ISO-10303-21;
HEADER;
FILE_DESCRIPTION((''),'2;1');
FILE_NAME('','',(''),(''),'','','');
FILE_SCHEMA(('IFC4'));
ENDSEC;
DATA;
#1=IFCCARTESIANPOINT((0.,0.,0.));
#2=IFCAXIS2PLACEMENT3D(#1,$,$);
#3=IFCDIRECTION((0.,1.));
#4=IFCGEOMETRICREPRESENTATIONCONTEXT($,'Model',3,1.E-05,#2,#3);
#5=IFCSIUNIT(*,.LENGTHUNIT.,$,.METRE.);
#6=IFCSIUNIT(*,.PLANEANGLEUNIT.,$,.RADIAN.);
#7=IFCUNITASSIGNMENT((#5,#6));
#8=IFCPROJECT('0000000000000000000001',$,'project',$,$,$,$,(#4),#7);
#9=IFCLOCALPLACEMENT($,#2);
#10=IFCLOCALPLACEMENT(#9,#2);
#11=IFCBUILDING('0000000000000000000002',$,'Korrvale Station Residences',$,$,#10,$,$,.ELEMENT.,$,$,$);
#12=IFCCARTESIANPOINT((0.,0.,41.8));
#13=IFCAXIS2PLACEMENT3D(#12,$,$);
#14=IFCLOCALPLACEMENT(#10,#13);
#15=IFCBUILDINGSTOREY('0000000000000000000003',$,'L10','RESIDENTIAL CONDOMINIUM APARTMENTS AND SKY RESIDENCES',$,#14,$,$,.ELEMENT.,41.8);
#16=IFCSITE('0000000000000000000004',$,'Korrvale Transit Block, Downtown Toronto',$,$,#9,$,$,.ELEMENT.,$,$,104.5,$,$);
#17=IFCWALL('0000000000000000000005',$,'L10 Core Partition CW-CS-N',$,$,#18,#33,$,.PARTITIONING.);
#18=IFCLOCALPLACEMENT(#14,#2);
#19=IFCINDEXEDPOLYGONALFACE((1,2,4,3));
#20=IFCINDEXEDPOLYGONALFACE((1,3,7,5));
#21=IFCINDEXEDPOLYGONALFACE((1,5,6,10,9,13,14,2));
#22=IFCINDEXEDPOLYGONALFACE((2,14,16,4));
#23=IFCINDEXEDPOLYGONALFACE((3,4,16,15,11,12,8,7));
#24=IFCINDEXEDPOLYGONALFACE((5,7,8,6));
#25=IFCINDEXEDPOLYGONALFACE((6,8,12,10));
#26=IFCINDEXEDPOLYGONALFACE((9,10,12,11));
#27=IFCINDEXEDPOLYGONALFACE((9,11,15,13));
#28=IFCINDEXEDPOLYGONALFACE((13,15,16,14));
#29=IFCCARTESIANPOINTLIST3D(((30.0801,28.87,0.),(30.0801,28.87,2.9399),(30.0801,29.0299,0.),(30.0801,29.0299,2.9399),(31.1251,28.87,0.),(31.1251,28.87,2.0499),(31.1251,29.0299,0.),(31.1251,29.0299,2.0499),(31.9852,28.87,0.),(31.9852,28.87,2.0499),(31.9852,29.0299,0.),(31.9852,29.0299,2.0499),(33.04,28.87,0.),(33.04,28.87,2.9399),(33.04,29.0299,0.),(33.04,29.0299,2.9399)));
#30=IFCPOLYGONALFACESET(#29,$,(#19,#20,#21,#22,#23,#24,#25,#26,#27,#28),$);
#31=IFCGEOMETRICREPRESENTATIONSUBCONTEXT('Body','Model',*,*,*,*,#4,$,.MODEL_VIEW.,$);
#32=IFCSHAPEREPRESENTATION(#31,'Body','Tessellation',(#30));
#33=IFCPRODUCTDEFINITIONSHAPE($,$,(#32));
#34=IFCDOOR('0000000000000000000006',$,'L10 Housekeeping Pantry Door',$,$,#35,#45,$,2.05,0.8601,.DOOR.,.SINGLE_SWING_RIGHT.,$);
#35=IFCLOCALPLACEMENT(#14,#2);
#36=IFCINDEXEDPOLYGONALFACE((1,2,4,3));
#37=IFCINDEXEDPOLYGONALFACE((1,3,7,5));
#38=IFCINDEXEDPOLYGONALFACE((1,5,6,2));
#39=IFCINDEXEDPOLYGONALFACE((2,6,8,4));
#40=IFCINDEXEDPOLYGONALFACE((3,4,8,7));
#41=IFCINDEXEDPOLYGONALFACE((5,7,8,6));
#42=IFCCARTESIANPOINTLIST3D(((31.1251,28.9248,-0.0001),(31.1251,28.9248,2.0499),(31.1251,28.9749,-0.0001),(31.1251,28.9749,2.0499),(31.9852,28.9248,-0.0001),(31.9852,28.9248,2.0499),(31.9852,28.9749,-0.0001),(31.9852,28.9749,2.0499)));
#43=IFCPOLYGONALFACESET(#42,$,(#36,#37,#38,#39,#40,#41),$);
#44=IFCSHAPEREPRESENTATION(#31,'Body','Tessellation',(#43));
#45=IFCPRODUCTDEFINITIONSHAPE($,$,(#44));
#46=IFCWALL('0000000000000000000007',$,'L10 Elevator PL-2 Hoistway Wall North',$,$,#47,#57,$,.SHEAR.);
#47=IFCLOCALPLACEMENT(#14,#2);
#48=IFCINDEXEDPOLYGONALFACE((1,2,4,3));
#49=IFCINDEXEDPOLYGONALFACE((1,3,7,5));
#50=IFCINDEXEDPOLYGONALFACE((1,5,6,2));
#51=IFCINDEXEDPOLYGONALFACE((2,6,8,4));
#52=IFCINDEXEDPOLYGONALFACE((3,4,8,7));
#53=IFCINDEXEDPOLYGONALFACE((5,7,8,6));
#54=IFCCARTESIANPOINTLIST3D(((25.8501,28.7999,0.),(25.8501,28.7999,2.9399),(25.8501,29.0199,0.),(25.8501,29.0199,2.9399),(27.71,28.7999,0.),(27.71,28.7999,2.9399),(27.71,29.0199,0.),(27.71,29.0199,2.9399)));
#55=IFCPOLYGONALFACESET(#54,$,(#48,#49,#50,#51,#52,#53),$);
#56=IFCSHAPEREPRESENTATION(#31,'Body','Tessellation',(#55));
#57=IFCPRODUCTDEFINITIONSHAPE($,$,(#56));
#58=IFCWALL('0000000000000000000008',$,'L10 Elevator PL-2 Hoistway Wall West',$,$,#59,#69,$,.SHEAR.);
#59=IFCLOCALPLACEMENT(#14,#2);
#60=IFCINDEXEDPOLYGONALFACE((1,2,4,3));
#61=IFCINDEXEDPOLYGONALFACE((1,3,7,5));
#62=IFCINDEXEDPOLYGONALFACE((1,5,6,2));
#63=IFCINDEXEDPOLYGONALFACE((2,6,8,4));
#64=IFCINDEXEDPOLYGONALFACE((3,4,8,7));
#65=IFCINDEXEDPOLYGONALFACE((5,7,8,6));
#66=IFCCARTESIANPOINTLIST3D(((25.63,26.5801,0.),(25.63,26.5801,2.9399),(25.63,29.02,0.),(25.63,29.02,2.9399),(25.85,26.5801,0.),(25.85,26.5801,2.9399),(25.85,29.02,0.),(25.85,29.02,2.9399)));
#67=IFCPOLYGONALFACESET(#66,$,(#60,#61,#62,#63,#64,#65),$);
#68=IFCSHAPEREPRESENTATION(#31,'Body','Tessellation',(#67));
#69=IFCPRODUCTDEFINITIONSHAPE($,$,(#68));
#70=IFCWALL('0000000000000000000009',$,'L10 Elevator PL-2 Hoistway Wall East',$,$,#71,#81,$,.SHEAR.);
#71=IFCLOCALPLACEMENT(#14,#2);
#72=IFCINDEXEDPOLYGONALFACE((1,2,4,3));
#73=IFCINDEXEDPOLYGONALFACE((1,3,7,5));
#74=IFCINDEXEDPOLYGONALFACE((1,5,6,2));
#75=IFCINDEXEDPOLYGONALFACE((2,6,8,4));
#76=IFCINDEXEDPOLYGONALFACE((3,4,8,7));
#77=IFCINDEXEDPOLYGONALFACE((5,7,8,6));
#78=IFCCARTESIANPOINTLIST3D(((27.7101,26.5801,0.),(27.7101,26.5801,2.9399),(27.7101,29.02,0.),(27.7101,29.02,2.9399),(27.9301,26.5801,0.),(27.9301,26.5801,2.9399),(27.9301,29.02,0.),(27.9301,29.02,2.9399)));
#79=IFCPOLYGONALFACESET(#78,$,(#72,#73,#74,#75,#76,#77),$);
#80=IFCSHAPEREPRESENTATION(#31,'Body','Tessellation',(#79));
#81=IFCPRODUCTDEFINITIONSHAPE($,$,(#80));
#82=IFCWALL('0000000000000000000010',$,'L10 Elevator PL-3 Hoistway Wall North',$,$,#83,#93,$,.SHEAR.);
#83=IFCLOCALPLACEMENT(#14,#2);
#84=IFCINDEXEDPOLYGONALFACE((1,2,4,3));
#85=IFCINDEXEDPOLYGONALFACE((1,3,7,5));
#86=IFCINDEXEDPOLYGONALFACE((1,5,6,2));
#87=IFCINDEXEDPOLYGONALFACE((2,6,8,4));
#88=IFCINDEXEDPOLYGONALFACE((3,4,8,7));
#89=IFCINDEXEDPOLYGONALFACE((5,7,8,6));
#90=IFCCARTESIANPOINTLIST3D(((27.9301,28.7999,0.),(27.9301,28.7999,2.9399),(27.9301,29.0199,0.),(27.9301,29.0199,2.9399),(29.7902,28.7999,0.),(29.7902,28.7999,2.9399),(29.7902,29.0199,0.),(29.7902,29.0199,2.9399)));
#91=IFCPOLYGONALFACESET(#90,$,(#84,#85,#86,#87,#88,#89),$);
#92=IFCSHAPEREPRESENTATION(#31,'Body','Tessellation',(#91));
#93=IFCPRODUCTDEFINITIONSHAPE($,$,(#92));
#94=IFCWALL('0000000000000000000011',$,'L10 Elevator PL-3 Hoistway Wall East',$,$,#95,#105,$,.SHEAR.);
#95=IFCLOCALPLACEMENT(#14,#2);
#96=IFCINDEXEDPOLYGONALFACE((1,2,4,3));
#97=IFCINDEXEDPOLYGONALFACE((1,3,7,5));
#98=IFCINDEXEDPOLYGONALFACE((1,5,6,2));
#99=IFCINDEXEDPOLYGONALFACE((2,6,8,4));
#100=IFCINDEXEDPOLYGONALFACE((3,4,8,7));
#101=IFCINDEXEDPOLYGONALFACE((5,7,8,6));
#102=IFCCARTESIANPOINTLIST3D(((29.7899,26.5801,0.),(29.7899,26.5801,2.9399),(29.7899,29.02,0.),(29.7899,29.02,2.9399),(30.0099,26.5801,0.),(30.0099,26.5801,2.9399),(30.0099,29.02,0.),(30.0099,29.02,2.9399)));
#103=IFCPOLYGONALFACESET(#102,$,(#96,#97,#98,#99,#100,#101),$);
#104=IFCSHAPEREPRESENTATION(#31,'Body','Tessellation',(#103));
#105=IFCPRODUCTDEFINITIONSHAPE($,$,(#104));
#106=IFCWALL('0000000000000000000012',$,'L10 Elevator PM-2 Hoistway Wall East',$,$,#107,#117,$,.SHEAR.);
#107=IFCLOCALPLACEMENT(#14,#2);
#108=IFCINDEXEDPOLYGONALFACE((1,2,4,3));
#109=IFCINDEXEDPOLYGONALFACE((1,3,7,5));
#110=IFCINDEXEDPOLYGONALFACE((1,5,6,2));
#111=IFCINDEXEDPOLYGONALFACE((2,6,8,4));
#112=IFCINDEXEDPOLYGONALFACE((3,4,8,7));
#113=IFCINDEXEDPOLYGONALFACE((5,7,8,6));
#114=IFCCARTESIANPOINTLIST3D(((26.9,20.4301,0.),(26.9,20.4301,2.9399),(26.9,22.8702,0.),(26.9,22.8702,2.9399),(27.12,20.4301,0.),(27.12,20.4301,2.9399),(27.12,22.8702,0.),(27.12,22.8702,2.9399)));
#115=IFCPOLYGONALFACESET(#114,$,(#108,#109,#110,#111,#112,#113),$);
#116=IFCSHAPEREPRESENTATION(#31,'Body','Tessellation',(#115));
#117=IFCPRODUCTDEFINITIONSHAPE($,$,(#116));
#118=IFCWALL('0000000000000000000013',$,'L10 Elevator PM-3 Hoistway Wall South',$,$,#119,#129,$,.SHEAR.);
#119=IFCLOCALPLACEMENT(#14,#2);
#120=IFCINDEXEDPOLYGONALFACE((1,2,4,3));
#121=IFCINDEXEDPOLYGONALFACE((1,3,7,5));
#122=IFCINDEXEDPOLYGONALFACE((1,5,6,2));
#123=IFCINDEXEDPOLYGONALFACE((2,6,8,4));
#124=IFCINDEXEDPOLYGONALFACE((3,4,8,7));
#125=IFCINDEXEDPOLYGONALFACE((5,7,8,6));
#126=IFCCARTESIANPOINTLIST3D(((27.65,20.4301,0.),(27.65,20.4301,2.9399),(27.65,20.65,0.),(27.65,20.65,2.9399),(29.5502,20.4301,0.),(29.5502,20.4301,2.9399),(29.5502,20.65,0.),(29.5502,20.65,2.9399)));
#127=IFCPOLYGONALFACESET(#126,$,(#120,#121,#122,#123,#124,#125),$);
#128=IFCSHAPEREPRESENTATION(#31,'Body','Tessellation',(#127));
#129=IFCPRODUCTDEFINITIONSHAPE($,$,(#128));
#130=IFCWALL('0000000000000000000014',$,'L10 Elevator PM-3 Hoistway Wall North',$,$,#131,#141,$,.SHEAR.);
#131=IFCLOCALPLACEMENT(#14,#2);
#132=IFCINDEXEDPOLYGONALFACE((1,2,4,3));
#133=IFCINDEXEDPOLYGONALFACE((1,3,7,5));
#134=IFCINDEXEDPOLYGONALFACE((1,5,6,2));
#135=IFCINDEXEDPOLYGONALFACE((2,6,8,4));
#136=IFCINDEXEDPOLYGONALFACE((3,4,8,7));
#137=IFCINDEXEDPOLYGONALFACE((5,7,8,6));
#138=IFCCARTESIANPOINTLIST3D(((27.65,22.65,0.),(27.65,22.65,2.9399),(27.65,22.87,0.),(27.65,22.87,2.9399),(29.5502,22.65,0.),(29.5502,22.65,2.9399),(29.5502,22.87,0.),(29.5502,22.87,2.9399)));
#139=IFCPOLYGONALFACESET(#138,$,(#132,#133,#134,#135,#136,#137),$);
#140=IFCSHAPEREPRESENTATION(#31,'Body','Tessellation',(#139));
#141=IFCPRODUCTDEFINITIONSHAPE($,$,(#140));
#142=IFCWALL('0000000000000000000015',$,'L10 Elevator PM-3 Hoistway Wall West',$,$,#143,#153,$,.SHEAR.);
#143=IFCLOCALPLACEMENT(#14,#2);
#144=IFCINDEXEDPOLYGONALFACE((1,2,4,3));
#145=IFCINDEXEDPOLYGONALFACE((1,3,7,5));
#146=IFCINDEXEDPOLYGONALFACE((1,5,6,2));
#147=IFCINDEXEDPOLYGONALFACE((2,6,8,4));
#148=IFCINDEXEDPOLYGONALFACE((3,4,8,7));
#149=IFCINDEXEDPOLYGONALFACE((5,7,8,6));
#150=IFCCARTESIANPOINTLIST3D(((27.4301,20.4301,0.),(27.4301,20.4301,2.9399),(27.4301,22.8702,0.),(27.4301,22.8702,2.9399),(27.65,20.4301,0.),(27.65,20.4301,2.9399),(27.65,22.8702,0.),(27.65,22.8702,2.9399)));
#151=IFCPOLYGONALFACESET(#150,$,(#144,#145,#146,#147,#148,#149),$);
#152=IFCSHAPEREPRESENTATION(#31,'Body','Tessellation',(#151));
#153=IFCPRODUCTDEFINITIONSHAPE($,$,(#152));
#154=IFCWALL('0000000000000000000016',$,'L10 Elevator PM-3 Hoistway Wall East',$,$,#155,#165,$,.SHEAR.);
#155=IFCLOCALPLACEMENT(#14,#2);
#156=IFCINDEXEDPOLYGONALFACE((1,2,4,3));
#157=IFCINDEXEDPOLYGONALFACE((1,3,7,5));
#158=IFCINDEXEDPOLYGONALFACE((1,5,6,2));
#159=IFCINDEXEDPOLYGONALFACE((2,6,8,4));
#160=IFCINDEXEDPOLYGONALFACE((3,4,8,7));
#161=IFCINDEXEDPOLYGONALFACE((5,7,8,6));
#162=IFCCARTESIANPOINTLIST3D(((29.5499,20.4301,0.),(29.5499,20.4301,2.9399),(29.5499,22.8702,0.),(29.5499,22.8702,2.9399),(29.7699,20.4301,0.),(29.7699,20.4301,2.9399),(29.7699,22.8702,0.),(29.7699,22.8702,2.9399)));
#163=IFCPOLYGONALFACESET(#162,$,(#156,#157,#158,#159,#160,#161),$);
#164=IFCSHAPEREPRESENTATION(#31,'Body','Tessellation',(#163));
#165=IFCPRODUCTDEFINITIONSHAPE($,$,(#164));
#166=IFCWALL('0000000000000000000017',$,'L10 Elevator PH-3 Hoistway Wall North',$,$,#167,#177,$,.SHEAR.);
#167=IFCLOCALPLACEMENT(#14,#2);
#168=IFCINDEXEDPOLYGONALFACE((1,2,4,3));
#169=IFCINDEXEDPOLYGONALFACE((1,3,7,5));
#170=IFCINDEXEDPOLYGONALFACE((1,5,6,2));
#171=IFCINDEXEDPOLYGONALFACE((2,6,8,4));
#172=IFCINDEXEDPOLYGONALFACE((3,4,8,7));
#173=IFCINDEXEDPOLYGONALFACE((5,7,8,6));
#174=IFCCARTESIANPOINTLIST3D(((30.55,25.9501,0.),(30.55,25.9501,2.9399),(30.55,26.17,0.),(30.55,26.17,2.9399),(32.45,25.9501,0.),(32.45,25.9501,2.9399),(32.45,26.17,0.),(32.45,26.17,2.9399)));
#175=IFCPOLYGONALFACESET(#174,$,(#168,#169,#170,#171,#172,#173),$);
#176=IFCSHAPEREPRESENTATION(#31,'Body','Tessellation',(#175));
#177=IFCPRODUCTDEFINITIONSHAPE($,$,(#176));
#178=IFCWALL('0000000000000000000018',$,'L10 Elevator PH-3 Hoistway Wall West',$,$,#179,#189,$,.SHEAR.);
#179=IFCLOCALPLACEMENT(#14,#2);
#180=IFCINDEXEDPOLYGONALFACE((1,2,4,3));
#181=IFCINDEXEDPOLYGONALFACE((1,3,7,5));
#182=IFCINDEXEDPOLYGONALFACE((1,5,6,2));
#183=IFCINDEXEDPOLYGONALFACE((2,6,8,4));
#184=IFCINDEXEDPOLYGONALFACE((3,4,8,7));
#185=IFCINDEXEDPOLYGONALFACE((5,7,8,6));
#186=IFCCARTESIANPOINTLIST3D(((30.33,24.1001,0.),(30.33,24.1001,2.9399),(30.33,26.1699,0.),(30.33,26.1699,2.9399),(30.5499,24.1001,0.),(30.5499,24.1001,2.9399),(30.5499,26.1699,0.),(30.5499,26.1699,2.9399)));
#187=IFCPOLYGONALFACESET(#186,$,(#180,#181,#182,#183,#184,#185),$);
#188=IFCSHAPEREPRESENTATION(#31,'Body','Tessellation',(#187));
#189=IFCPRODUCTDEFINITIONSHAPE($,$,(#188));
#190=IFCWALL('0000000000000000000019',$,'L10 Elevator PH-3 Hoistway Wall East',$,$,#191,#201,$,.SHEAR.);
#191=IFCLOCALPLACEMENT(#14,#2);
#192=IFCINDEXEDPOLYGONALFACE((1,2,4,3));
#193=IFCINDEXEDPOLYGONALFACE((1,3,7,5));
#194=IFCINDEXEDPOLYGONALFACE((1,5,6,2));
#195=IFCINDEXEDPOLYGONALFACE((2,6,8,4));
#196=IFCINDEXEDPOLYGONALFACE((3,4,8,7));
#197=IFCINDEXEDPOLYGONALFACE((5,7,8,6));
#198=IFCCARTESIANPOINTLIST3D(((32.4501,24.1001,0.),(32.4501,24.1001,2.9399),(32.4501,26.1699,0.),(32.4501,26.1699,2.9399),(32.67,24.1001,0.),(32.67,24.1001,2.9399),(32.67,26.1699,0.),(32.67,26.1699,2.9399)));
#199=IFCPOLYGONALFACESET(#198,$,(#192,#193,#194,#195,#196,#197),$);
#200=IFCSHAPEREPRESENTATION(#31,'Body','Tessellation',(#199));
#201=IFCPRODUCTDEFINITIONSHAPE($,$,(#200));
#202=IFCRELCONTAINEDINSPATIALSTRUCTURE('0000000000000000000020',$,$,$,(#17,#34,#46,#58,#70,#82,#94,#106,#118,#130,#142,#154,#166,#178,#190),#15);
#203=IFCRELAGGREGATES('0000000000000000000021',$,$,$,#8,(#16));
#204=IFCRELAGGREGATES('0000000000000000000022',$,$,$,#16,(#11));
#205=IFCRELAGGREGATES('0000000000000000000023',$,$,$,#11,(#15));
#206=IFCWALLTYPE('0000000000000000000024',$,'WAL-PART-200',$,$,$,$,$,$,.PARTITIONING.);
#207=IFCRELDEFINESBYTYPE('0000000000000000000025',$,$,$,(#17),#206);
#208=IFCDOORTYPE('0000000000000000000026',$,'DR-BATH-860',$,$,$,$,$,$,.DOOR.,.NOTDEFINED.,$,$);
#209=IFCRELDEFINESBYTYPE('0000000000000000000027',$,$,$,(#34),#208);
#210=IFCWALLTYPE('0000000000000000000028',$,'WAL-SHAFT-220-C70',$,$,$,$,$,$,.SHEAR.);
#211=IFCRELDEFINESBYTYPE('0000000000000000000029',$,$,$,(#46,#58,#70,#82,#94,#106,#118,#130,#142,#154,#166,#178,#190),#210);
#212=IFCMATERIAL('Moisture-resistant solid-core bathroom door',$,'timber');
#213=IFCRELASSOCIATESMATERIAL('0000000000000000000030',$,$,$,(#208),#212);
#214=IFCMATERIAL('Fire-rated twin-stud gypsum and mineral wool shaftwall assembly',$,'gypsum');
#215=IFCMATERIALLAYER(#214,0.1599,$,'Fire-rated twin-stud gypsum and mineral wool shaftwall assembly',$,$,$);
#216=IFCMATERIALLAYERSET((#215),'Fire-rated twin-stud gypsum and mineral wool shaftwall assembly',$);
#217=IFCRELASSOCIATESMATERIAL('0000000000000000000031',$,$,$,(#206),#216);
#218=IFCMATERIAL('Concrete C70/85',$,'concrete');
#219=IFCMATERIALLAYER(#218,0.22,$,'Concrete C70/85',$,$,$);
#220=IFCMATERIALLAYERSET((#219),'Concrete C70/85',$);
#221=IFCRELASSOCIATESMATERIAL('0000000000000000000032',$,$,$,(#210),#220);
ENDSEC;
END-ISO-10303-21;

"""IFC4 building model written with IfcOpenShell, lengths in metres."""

from ifc_helpers import new_model, si_unit, direction, frame, frame_2d, origin, place, context, subcontext, project, spatial, rectangle, extrude, material, layer, layer_set, type_object, element, fill, save


model = new_model("IFC4")

# Units and contexts
model_context = context("Model", 3, precision=1e-05, world=origin(), true_north=direction((0.0, 1.0)))
body_context = subcontext(model_context, "Body", "Model", "MODEL_VIEW")
ifc_project = project(units=[si_unit("LENGTHUNIT", "METRE"), si_unit("PLANEANGLEUNIT", "RADIAN")], contexts=[model_context])

# Site, building, storey
site_placement = place(None, origin())
site = spatial("IfcSite", under=ifc_project, at=site_placement, Name="Korrvale Transit Block, Downtown Toronto", CompositionType="ELEMENT", RefElevation=104.5)
building_placement = place(site_placement, origin())
building = spatial("IfcBuilding", under=site, at=building_placement, Name="Korrvale Station Residences", CompositionType="ELEMENT")
storey_placement = place(building_placement, frame((0.0, 0.0, 41.8)))
storey = spatial("IfcBuildingStorey", under=building, at=storey_placement, Name="L10", Description="RESIDENTIAL CONDOMINIUM APARTMENTS AND SKY RESIDENCES", CompositionType="ELEMENT", Elevation=41.8)

# Shared definitions
ifc_material_1 = material(Name="Concrete C70/85", Category="concrete")

# Wall, opening, door
ifc_material_2 = material(Name="Moisture-resistant solid-core bathroom door", Category="timber")
door_type_1 = type_object("IfcDoorType", Name="DR-BATH-860", OperationType="NOTDEFINED", PredefinedType="DOOR", material=ifc_material_2)
ifc_material_3 = material(Name="Fire-rated twin-stud gypsum and mineral wool shaftwall assembly", Category="gypsum")
ifc_layer_1 = layer(ifc_material_3, 0.1599, Name="Fire-rated twin-stud gypsum and mineral wool shaftwall assembly")
ifc_layer_set_1 = layer_set([ifc_layer_1], Name="Fire-rated twin-stud gypsum and mineral wool shaftwall assembly")
wall_type_1 = type_object("IfcWallType", Name="WAL-PART-200", PredefinedType="PARTITIONING", material=ifc_layer_set_1)
wall_1_placement = place(storey_placement, frame((30.0801, 28.95, 0.0), z_axis=(0.0, 0.0, 1.0), x_axis=(1.0, 0.0, 0.0)))
wall_1 = element("IfcWall", 1, at=wall_1_placement, inside=storey, type_object=wall_type_1, Name="L10 Core Partition CW-CS-N", PredefinedType="PARTITIONING", context=body_context, shape_type="SweptSolid", body=[
    extrude(rectangle(XDim=2.96, YDim=0.1599, at=frame_2d((1.48, 0.0))), origin(), (0.0, 0.0, 1.0), 2.9399),
])
opening_1_placement = place(wall_1_placement, frame((1.0449, 0.0, 0.0)))
opening_1 = element("IfcOpeningElement", 2, at=opening_1_placement, cuts=wall_1, PredefinedType="OPENING", context=body_context, shape_type="SweptSolid", body=[
    extrude(rectangle(XDim=0.8601, YDim=2.05, at=frame_2d((0.4302, 1.0249))), frame((0.0, 0.0898, 0.0), z_axis=(0.0, -1.0, 0.0), x_axis=(1.0, 0.0, 0.0)), (0.0, 0.0, 1.0), 0.1799),
])
door_1_placement = place(opening_1_placement, origin())
door_1 = element("IfcDoor", 3, at=door_1_placement, inside=storey, type_object=door_type_1, Name="L10 Housekeeping Pantry Door", OperationType="SINGLE_SWING_RIGHT", OverallHeight=2.05, OverallWidth=0.8601, PredefinedType="DOOR", context=body_context, shape_type="SweptSolid", body=[
    extrude(rectangle(XDim=0.8601, YDim=2.05, at=frame_2d((0.4302, 1.0249))), frame((0.0, 0.0249, 0.0), z_axis=(0.0, -1.0, 0.0), x_axis=(1.0, 0.0, 0.0)), (0.0, 0.0, 1.0), 0.05),
])
fill(opening_1, door_1)
ifc_layer_2 = layer(ifc_material_1, 0.22, Name="Concrete C70/85")
ifc_layer_set_2 = layer_set([ifc_layer_2], Name="Concrete C70/85")
wall_type_2 = type_object("IfcWallType", Name="WAL-SHAFT-220-C70", PredefinedType="SHEAR", material=ifc_layer_set_2)

# Walls
wall_2_placement = place(storey_placement, frame((25.8501, 28.9099, 0.0), z_axis=(0.0, 0.0, 1.0), x_axis=(1.0, 0.0, 0.0)))
element("IfcWall", 4, at=wall_2_placement, inside=storey, type_object=wall_type_2, Name="L10 Elevator PL-2 Hoistway Wall North", PredefinedType="SHEAR", context=body_context, shape_type="SweptSolid", body=[
    extrude(rectangle(XDim=1.8599, YDim=0.22, at=frame_2d((0.9299, 0.0))), origin(), (0.0, 0.0, 1.0), 2.9399),
])
for number, where, z_axis, x_axis, name in (
    (5, (25.74, 26.5801, 0.0), (0.0, 0.0, 1.0), (0.0, 1.0, 0.0), "L10 Elevator PL-2 Hoistway Wall West"),
    (6, (27.8201, 26.5801, 0.0), (0.0, 0.0, 1.0), (0.0, 1.0, 0.0), "L10 Elevator PL-2 Hoistway Wall East"),
):
    element("IfcWall", number, at=place(storey_placement, frame(where, z_axis=z_axis, x_axis=x_axis)), inside=storey, type_object=wall_type_2, Name=name, PredefinedType="SHEAR", context=body_context, shape_type="SweptSolid", body=[
        extrude(rectangle(XDim=2.4399, YDim=0.22, at=frame_2d((1.22, 0.0))), origin(), (0.0, 0.0, 1.0), 2.9399),
    ])

# Walls
wall_3_placement = place(storey_placement, frame((27.9299, 28.9099, 0.0), z_axis=(0.0, 0.0, 1.0), x_axis=(1.0, 0.0, 0.0)))
element("IfcWall", 7, at=wall_3_placement, inside=storey, type_object=wall_type_2, Name="L10 Elevator PL-3 Hoistway Wall North", PredefinedType="SHEAR", context=body_context, shape_type="SweptSolid", body=[
    extrude(rectangle(XDim=1.8601, YDim=0.22, at=frame_2d((0.9302, 0.0))), origin(), (0.0, 0.0, 1.0), 2.9399),
])
wall_4_placement = place(storey_placement, frame((29.8999, 26.5801, 0.0), z_axis=(0.0, 0.0, 1.0), x_axis=(0.0, 1.0, 0.0)))
element("IfcWall", 8, at=wall_4_placement, inside=storey, type_object=wall_type_2, Name="L10 Elevator PL-3 Hoistway Wall East", PredefinedType="SHEAR", context=body_context, shape_type="SweptSolid", body=[
    extrude(rectangle(XDim=2.4399, YDim=0.22, at=frame_2d((1.22, 0.0))), origin(), (0.0, 0.0, 1.0), 2.9399),
])
wall_5_placement = place(storey_placement, frame((27.01, 20.4299, 0.0), z_axis=(0.0, 0.0, 1.0), x_axis=(0.0, 1.0, 0.0)))
element("IfcWall", 9, at=wall_5_placement, inside=storey, type_object=wall_type_2, Name="L10 Elevator PM-2 Hoistway Wall East", PredefinedType="SHEAR", context=body_context, shape_type="SweptSolid", body=[
    extrude(rectangle(XDim=2.4402, YDim=0.22, at=frame_2d((1.2202, 0.0))), origin(), (0.0, 0.0, 1.0), 2.9399),
])
for number, where, z_axis, x_axis, name in (
    (10, (27.6499, 20.54, 0.0), (0.0, 0.0, 1.0), (1.0, 0.0, 0.0), "L10 Elevator PM-3 Hoistway Wall South"),
    (11, (27.6499, 22.76, 0.0), (0.0, 0.0, 1.0), (1.0, 0.0, 0.0), "L10 Elevator PM-3 Hoistway Wall North"),
):
    element("IfcWall", number, at=place(storey_placement, frame(where, z_axis=z_axis, x_axis=x_axis)), inside=storey, type_object=wall_type_2, Name=name, PredefinedType="SHEAR", context=body_context, shape_type="SweptSolid", body=[
        extrude(rectangle(XDim=1.9001, YDim=0.22, at=frame_2d((0.9502, 0.0))), origin(), (0.0, 0.0, 1.0), 2.9399),
    ])
for number, where, z_axis, x_axis, name in (
    (12, (27.54, 20.4299, 0.0), (0.0, 0.0, 1.0), (0.0, 1.0, 0.0), "L10 Elevator PM-3 Hoistway Wall West"),
    (13, (29.6599, 20.4299, 0.0), (0.0, 0.0, 1.0), (0.0, 1.0, 0.0), "L10 Elevator PM-3 Hoistway Wall East"),
):
    element("IfcWall", number, at=place(storey_placement, frame(where, z_axis=z_axis, x_axis=x_axis)), inside=storey, type_object=wall_type_2, Name=name, PredefinedType="SHEAR", context=body_context, shape_type="SweptSolid", body=[
        extrude(rectangle(XDim=2.4402, YDim=0.22, at=frame_2d((1.2202, 0.0))), origin(), (0.0, 0.0, 1.0), 2.9399),
    ])
wall_6_placement = place(storey_placement, frame((30.55, 26.0601, 0.0), z_axis=(0.0, 0.0, 1.0), x_axis=(1.0, 0.0, 0.0)))
element("IfcWall", 14, at=wall_6_placement, inside=storey, type_object=wall_type_2, Name="L10 Elevator PH-3 Hoistway Wall North", PredefinedType="SHEAR", context=body_context, shape_type="SweptSolid", body=[
    extrude(rectangle(XDim=1.8999, YDim=0.22, at=frame_2d((0.95, 0.0))), origin(), (0.0, 0.0, 1.0), 2.9399),
])
for number, where, z_axis, x_axis, name in (
    (15, (30.4399, 24.1001, 0.0), (0.0, 0.0, 1.0), (0.0, 1.0, 0.0), "L10 Elevator PH-3 Hoistway Wall West"),
    (16, (32.5601, 24.1001, 0.0), (0.0, 0.0, 1.0), (0.0, 1.0, 0.0), "L10 Elevator PH-3 Hoistway Wall East"),
):
    element("IfcWall", number, at=place(storey_placement, frame(where, z_axis=z_axis, x_axis=x_axis)), inside=storey, type_object=wall_type_2, Name=name, PredefinedType="SHEAR", context=body_context, shape_type="SweptSolid", body=[
        extrude(rectangle(XDim=2.0698, YDim=0.22, at=frame_2d((1.0349, 0.0))), origin(), (0.0, 0.0, 1.0), 2.9399),
    ])

save(model, "model.ifc")
